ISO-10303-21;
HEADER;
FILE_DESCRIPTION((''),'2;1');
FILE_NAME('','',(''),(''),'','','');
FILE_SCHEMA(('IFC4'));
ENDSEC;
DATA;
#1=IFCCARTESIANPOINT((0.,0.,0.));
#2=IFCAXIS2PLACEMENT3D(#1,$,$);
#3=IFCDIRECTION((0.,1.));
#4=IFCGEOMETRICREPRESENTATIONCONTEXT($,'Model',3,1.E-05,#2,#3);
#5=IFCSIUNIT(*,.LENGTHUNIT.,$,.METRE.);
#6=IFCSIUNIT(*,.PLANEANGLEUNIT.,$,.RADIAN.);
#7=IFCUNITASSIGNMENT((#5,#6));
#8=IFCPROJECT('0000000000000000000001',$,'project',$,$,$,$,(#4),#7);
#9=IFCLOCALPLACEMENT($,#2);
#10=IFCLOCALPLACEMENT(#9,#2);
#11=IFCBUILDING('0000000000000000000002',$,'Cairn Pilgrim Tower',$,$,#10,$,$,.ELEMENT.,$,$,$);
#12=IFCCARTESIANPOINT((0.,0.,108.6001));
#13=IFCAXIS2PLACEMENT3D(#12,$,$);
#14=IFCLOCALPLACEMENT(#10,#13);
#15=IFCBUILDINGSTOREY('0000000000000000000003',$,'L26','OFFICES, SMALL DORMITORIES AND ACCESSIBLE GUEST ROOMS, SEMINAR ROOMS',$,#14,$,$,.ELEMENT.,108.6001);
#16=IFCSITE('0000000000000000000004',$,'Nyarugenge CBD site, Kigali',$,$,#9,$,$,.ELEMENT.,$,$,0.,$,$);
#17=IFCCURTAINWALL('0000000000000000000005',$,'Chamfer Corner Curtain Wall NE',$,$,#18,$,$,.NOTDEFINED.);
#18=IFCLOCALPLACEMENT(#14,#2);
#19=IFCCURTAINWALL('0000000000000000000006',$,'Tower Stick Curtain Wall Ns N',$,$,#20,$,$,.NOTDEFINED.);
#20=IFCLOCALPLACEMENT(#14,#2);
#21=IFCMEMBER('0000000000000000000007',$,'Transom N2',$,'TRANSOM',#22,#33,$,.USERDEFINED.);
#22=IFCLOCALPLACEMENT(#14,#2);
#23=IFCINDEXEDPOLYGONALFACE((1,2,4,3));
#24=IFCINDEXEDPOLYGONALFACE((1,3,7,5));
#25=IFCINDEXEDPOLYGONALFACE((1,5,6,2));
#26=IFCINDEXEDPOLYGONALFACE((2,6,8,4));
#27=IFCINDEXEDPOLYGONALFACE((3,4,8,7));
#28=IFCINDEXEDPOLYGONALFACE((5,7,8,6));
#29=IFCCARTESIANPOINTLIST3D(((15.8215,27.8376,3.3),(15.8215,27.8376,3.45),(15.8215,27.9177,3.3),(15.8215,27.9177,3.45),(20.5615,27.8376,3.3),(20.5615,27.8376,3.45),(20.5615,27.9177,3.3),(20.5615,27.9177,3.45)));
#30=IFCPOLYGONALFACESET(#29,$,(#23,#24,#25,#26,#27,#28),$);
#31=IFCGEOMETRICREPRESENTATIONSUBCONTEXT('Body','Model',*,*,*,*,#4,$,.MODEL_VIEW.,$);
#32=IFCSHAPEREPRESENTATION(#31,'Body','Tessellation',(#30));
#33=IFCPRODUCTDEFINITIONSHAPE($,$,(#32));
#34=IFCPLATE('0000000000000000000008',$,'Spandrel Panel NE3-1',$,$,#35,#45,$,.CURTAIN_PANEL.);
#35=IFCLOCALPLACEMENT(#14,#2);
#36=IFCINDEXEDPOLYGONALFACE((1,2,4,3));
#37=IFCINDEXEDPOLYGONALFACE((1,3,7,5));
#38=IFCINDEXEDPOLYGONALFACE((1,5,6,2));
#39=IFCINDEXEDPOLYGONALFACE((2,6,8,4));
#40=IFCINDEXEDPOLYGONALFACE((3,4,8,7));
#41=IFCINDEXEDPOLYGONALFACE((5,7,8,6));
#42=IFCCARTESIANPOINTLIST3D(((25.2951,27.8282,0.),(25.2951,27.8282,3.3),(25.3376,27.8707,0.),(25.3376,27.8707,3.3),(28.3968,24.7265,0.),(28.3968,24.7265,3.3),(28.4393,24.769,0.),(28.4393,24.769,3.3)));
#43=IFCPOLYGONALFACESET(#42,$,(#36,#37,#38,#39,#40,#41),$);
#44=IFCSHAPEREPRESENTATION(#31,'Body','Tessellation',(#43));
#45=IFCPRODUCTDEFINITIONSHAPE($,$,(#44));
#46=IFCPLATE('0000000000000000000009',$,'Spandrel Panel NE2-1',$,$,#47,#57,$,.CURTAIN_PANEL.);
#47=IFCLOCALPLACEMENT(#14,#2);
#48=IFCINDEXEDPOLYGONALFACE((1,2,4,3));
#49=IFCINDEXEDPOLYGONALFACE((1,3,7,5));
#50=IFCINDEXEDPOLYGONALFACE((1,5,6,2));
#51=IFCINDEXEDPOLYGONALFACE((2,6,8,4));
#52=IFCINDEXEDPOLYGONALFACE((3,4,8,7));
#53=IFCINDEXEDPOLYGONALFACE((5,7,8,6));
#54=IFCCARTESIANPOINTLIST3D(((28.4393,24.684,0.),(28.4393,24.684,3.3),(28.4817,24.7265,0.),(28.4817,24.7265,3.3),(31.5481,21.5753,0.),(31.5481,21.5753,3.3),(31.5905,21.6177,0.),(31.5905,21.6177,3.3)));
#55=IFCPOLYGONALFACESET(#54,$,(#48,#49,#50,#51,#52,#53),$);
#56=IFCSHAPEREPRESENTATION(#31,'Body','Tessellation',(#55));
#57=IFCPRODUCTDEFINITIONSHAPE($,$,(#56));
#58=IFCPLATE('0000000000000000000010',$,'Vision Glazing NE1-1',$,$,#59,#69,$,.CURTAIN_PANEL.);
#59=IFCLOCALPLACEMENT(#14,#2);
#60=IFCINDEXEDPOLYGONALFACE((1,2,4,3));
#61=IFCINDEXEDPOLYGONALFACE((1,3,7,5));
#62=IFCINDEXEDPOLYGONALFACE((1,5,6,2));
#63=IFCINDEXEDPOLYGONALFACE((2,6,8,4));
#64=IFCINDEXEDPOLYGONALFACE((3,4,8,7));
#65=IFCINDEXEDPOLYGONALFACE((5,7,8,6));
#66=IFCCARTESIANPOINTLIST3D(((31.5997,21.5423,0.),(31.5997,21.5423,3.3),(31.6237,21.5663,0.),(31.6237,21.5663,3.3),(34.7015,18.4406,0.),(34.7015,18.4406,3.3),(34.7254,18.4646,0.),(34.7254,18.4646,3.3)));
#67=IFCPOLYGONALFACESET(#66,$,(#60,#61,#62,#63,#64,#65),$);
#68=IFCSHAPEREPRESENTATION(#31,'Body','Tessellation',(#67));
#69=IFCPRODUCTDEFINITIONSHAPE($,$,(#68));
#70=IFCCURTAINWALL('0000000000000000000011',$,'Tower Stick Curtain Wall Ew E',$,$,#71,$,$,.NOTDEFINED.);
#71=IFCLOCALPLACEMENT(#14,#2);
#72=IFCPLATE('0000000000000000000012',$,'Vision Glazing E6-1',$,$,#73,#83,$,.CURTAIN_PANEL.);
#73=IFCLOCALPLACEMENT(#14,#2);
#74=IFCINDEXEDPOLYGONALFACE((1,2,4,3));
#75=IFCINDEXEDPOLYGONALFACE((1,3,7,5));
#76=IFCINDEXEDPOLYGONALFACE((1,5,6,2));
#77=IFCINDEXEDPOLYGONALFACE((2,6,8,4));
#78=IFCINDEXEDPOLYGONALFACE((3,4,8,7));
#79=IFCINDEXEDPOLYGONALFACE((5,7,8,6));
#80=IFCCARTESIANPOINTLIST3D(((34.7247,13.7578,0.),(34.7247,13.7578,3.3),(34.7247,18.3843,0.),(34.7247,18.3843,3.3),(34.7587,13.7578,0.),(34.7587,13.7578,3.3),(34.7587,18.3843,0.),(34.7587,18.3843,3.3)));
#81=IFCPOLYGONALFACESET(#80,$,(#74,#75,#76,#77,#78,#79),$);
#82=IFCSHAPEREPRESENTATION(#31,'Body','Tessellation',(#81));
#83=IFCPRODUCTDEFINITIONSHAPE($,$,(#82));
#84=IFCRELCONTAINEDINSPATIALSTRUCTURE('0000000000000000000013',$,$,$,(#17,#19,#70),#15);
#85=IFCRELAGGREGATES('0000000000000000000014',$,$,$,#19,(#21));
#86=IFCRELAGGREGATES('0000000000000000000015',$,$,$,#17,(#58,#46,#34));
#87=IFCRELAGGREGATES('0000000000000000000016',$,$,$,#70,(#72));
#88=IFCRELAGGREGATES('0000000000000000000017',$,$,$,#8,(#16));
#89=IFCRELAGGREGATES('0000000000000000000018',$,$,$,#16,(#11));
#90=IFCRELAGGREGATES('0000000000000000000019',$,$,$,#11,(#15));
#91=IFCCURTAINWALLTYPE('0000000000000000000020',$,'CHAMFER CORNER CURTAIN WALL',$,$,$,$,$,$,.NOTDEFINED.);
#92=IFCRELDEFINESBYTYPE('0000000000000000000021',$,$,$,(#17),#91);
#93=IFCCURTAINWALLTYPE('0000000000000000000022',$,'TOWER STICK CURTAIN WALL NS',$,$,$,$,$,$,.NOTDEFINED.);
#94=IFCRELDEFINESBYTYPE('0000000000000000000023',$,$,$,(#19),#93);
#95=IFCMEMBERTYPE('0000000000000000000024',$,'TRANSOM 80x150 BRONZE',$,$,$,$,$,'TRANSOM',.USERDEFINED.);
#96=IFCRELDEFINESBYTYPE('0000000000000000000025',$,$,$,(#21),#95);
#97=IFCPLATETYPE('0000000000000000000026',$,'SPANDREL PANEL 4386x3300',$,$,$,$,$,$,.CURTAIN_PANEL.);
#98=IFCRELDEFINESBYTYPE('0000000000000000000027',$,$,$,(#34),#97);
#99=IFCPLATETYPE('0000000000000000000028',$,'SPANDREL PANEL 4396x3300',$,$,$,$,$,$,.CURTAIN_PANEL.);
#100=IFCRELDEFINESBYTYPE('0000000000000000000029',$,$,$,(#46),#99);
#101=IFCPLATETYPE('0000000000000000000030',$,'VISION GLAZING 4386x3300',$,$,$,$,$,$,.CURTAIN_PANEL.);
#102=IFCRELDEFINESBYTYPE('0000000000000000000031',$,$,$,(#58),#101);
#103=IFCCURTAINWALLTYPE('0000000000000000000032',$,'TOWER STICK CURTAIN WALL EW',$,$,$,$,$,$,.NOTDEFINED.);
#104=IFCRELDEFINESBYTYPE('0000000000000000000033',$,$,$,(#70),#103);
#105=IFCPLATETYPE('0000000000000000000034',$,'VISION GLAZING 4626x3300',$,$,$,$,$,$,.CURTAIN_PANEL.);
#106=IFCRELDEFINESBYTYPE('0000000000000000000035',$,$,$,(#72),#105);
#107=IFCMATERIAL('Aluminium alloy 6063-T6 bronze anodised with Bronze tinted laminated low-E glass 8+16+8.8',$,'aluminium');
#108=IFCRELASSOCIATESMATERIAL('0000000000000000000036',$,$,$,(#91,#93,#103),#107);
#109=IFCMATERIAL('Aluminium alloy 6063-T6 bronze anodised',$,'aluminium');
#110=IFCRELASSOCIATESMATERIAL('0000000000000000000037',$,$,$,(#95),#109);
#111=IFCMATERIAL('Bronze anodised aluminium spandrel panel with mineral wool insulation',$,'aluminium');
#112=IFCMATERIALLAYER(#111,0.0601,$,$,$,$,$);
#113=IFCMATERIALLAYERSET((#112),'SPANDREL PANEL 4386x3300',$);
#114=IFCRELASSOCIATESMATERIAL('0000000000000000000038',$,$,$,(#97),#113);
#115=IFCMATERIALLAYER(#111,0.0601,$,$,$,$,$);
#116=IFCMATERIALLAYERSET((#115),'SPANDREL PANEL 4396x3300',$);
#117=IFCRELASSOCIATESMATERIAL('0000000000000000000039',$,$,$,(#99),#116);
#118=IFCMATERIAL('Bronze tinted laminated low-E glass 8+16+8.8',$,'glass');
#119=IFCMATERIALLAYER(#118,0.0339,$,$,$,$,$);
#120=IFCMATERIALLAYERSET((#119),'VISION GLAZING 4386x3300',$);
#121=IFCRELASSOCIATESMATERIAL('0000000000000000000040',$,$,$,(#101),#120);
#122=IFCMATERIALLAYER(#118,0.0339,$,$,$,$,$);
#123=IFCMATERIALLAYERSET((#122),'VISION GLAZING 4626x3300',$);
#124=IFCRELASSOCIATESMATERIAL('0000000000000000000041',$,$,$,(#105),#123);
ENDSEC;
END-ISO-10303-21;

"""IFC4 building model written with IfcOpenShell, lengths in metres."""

from ifc_helpers import new_model, si_unit, direction, frame, origin, origin_2d, place, context, subcontext, project, spatial, rectangle, extrude, material, layer, layer_set, material_profile, profile_set, type_object, element, aggregate, save


model = new_model("IFC4")

# Units and contexts
model_context = context("Model", 3, precision=1e-05, world=origin(), true_north=direction((0.0, 1.0)))
body_context = subcontext(model_context, "Body", "Model", "MODEL_VIEW")
ifc_project = project(units=[si_unit("LENGTHUNIT", "METRE"), si_unit("PLANEANGLEUNIT", "RADIAN")], contexts=[model_context])

# Site, building, storey
site_placement = place(None, origin())
site = spatial("IfcSite", under=ifc_project, at=site_placement, Name="Nyarugenge CBD site, Kigali", CompositionType="ELEMENT", RefElevation=0.0)
building_placement = place(site_placement, origin())
building = spatial("IfcBuilding", under=site, at=building_placement, Name="Cairn Pilgrim Tower", CompositionType="ELEMENT")
storey_placement = place(building_placement, frame((0.0, 0.0, 108.6001)))
storey = spatial("IfcBuildingStorey", under=building, at=storey_placement, Name="L26", Description="OFFICES, SMALL DORMITORIES AND ACCESSIBLE GUEST ROOMS, SEMINAR ROOMS", CompositionType="ELEMENT", Elevation=108.6001)

# Curtain walls
ifc_material_1 = material(Name="Aluminium alloy 6063-T6 bronze anodised with Bronze tinted laminated low-E glass 8+16+8.8", Category="aluminium")
curtain_wall_type_1 = type_object("IfcCurtainWallType", Name="CHAMFER CORNER CURTAIN WALL", PredefinedType="NOTDEFINED", material=ifc_material_1)
curtain_wall_1_placement = place(storey_placement, origin())
curtain_wall_1 = element("IfcCurtainWall", 1, at=curtain_wall_1_placement, inside=storey, type_object=curtain_wall_type_1, Name="Chamfer Corner Curtain Wall NE", PredefinedType="NOTDEFINED")
ifc_material_2 = material(Name="Aluminium alloy 6063-T6 bronze anodised", Category="aluminium")
curtain_wall_type_2 = type_object("IfcCurtainWallType", Name="TOWER STICK CURTAIN WALL NS", PredefinedType="NOTDEFINED", material=ifc_material_1)
curtain_wall_2_placement = place(storey_placement, origin())
curtain_wall_2 = element("IfcCurtainWall", 2, at=curtain_wall_2_placement, inside=storey, type_object=curtain_wall_type_2, Name="Tower Stick Curtain Wall Ns N", PredefinedType="NOTDEFINED")

# Member
ifc_material_profile_1 = material_profile(ifc_material_2, rectangle(XDim=0.0801, YDim=0.1499, at=origin_2d()), Name="TRANSOM 80x150 BRONZE")
ifc_profile_set_1 = profile_set([ifc_material_profile_1], Name="Aluminium alloy 6063-T6 bronze anodised")
member_type_1 = type_object("IfcMemberType", Name="TRANSOM 80x150 BRONZE", ElementType="TRANSOM", PredefinedType="USERDEFINED", material=ifc_profile_set_1)
member_1_placement = place(storey_placement, frame((20.5615, 27.8777, 3.375), z_axis=(-1.0, 0.0, 0.0), x_axis=(0.0, -1.0, 0.0)))
member_1 = element("IfcMember", 3, at=member_1_placement, type_object=member_type_1, Name="Transom N2", ObjectType="TRANSOM", PredefinedType="USERDEFINED", context=body_context, shape_type="SweptSolid", body=[
    extrude(rectangle(XDim=0.0801, YDim=0.1499, at=origin_2d()), origin(), (0.0, 0.0, 1.0), 4.74),
])
aggregate(curtain_wall_2, [member_1])

# Plates
ifc_material_3 = material(Name="Bronze anodised aluminium spandrel panel with mineral wool insulation", Category="aluminium")
ifc_layer_1 = layer(ifc_material_3, 0.0601)
ifc_layer_set_1 = layer_set([ifc_layer_1], Name="SPANDREL PANEL 4386x3300")
plate_type_1 = type_object("IfcPlateType", Name="SPANDREL PANEL 4386x3300", PredefinedType="CURTAIN_PANEL", material=ifc_layer_set_1)
plate_1_placement = place(storey_placement, frame((26.8672, 26.2986, 0.0), z_axis=(0.0, 0.0, 1.0), x_axis=(-0.707107, 0.707107, 0.0)))
plate_1 = element("IfcPlate", 4, at=plate_1_placement, type_object=plate_type_1, Name="Spandrel Panel NE3-1", PredefinedType="CURTAIN_PANEL", context=body_context, shape_type="SweptSolid", body=[
    extrude(rectangle(XDim=4.3865, YDim=0.0601, at=origin_2d()), origin(), (0.0, 0.0, 1.0), 3.3),
])
ifc_layer_2 = layer(ifc_material_3, 0.0601)
ifc_layer_set_2 = layer_set([ifc_layer_2], Name="SPANDREL PANEL 4396x3300")
plate_type_2 = type_object("IfcPlateType", Name="SPANDREL PANEL 4396x3300", PredefinedType="CURTAIN_PANEL", material=ifc_layer_set_2)
plate_2_placement = place(storey_placement, frame((30.0149, 23.1509, 0.0), z_axis=(0.0, 0.0, 1.0), x_axis=(-0.707107, 0.707107, 0.0)))
plate_2 = element("IfcPlate", 5, at=plate_2_placement, type_object=plate_type_2, Name="Spandrel Panel NE2-1", PredefinedType="CURTAIN_PANEL", context=body_context, shape_type="SweptSolid", body=[
    extrude(rectangle(XDim=4.3965, YDim=0.0601, at=origin_2d()), origin(), (0.0, 0.0, 1.0), 3.3),
])
ifc_material_4 = material(Name="Bronze tinted laminated low-E glass 8+16+8.8", Category="glass")
ifc_layer_3 = layer(ifc_material_4, 0.0339)
ifc_layer_set_3 = layer_set([ifc_layer_3], Name="VISION GLAZING 4386x3300")
plate_type_3 = type_object("IfcPlateType", Name="VISION GLAZING 4386x3300", PredefinedType="CURTAIN_PANEL", material=ifc_layer_set_3)
plate_3_placement = place(storey_placement, frame((33.1626, 20.0034, 0.0), z_axis=(0.0, 0.0, 1.0), x_axis=(-0.707107, 0.707107, 0.0)))
plate_3 = element("IfcPlate", 6, at=plate_3_placement, type_object=plate_type_3, Name="Vision Glazing NE1-1", PredefinedType="CURTAIN_PANEL", context=body_context, shape_type="SweptSolid", body=[
    extrude(rectangle(XDim=4.3865, YDim=0.0339, at=origin_2d()), origin(), (0.0, 0.0, 1.0), 3.3),
])
aggregate(curtain_wall_1, [plate_3, plate_2, plate_1])

# Curtain wall, plate
curtain_wall_type_3 = type_object("IfcCurtainWallType", Name="TOWER STICK CURTAIN WALL EW", PredefinedType="NOTDEFINED", material=ifc_material_1)
curtain_wall_3_placement = place(storey_placement, origin())
curtain_wall_3 = element("IfcCurtainWall", 7, at=curtain_wall_3_placement, inside=storey, type_object=curtain_wall_type_3, Name="Tower Stick Curtain Wall Ew E", PredefinedType="NOTDEFINED")
ifc_layer_4 = layer(ifc_material_4, 0.0339)
ifc_layer_set_4 = layer_set([ifc_layer_4], Name="VISION GLAZING 4626x3300")
plate_type_4 = type_object("IfcPlateType", Name="VISION GLAZING 4626x3300", PredefinedType="CURTAIN_PANEL", material=ifc_layer_set_4)
plate_4_placement = place(storey_placement, frame((34.7417, 16.071, 0.0), z_axis=(0.0, 0.0, 1.0), x_axis=(0.0, 1.0, 0.0)))
plate_4 = element("IfcPlate", 8, at=plate_4_placement, type_object=plate_type_4, Name="Vision Glazing E6-1", PredefinedType="CURTAIN_PANEL", context=body_context, shape_type="SweptSolid", body=[
    extrude(rectangle(XDim=4.6265, YDim=0.0339, at=origin_2d()), origin(), (0.0, 0.0, 1.0), 3.3),
])
aggregate(curtain_wall_3, [plate_4])

save(model, "model.ifc")
